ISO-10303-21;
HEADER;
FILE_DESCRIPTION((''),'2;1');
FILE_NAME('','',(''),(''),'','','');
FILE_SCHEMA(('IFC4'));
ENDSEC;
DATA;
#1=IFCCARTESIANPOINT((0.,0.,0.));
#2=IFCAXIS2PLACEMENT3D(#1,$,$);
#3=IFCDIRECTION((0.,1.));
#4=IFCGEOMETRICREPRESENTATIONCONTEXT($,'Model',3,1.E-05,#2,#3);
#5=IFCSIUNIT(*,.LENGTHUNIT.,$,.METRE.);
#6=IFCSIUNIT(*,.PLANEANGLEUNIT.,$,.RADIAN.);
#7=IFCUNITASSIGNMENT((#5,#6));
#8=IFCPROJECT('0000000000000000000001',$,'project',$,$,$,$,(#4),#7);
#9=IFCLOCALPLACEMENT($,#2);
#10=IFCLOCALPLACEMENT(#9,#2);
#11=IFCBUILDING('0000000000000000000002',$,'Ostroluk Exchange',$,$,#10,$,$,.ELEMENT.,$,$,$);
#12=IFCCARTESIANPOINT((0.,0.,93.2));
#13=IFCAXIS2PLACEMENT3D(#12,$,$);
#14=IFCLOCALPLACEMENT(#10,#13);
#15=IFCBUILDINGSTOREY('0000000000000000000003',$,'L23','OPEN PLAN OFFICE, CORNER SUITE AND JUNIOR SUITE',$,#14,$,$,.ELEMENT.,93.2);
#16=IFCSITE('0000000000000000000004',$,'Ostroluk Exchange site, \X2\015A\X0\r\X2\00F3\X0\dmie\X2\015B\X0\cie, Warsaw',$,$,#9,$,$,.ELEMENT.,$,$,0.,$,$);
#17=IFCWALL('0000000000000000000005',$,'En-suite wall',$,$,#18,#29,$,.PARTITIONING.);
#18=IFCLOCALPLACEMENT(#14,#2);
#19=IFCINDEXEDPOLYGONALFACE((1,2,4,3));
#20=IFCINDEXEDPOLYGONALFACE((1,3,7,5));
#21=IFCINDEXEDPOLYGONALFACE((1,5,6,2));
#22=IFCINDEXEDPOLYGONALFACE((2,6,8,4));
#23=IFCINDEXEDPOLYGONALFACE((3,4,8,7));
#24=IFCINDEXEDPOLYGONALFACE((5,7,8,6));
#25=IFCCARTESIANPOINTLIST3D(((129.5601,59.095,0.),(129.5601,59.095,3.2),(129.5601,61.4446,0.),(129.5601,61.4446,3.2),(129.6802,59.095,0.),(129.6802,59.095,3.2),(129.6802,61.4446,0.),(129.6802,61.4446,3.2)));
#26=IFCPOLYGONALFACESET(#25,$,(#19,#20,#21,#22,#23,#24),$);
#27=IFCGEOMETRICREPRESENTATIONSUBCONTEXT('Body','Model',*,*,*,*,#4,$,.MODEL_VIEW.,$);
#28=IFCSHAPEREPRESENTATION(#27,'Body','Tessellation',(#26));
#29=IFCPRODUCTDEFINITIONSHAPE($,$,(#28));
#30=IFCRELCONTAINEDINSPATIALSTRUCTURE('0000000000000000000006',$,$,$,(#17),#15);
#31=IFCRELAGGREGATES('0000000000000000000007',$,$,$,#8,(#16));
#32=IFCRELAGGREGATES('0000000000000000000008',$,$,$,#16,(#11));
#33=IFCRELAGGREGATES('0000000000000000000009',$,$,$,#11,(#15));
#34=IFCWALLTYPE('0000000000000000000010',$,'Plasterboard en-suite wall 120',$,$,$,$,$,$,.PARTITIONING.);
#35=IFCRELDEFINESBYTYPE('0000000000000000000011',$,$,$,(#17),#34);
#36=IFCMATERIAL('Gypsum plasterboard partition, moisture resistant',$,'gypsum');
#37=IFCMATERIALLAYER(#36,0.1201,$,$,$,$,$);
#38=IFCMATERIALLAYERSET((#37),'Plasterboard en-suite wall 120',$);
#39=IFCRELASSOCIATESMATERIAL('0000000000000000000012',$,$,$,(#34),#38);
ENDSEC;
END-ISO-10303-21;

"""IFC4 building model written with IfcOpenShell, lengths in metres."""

from ifc_helpers import new_model, si_unit, direction, frame, frame_2d, origin, place, context, subcontext, project, spatial, rectangle, extrude, material, layer, layer_set, type_object, element, save


model = new_model("IFC4")

# Units and contexts
model_context = context("Model", 3, precision=1e-05, world=origin(), true_north=direction((0.0, 1.0)))
body_context = subcontext(model_context, "Body", "Model", "MODEL_VIEW")
ifc_project = project(units=[si_unit("LENGTHUNIT", "METRE"), si_unit("PLANEANGLEUNIT", "RADIAN")], contexts=[model_context])

# Site, building, storey
site_placement = place(None, origin())
site = spatial("IfcSite", under=ifc_project, at=site_placement, Name="Ostroluk Exchange site, Śródmieście, Warsaw", CompositionType="ELEMENT", RefElevation=0.0)
building_placement = place(site_placement, origin())
building = spatial("IfcBuilding", under=site, at=building_placement, Name="Ostroluk Exchange", CompositionType="ELEMENT")
storey_placement = place(building_placement, frame((0.0, 0.0, 93.2)))
storey = spatial("IfcBuildingStorey", under=building, at=storey_placement, Name="L23", Description="OPEN PLAN OFFICE, CORNER SUITE AND JUNIOR SUITE", CompositionType="ELEMENT", Elevation=93.2)

# Wall
ifc_material_1 = material(Name="Gypsum plasterboard partition, moisture resistant", Category="gypsum")
ifc_layer_1 = layer(ifc_material_1, 0.1201)
ifc_layer_set_1 = layer_set([ifc_layer_1], Name="Plasterboard en-suite wall 120")
wall_type_1 = type_object("IfcWallType", Name="Plasterboard en-suite wall 120", PredefinedType="PARTITIONING", material=ifc_layer_set_1)
wall_1_placement = place(storey_placement, frame((129.6201, 59.095, 0.0), z_axis=(0.0, 0.0, 1.0), x_axis=(0.0, 1.0, 0.0)))
element("IfcWall", 1, at=wall_1_placement, inside=storey, type_object=wall_type_1, Name="En-suite wall", PredefinedType="PARTITIONING", context=body_context, shape_type="SweptSolid", body=[
    extrude(rectangle(XDim=2.3496, YDim=0.1201, at=frame_2d((1.1748, 0.0))), origin(), (0.0, 0.0, 1.0), 3.2),
])

save(model, "model.ifc")
